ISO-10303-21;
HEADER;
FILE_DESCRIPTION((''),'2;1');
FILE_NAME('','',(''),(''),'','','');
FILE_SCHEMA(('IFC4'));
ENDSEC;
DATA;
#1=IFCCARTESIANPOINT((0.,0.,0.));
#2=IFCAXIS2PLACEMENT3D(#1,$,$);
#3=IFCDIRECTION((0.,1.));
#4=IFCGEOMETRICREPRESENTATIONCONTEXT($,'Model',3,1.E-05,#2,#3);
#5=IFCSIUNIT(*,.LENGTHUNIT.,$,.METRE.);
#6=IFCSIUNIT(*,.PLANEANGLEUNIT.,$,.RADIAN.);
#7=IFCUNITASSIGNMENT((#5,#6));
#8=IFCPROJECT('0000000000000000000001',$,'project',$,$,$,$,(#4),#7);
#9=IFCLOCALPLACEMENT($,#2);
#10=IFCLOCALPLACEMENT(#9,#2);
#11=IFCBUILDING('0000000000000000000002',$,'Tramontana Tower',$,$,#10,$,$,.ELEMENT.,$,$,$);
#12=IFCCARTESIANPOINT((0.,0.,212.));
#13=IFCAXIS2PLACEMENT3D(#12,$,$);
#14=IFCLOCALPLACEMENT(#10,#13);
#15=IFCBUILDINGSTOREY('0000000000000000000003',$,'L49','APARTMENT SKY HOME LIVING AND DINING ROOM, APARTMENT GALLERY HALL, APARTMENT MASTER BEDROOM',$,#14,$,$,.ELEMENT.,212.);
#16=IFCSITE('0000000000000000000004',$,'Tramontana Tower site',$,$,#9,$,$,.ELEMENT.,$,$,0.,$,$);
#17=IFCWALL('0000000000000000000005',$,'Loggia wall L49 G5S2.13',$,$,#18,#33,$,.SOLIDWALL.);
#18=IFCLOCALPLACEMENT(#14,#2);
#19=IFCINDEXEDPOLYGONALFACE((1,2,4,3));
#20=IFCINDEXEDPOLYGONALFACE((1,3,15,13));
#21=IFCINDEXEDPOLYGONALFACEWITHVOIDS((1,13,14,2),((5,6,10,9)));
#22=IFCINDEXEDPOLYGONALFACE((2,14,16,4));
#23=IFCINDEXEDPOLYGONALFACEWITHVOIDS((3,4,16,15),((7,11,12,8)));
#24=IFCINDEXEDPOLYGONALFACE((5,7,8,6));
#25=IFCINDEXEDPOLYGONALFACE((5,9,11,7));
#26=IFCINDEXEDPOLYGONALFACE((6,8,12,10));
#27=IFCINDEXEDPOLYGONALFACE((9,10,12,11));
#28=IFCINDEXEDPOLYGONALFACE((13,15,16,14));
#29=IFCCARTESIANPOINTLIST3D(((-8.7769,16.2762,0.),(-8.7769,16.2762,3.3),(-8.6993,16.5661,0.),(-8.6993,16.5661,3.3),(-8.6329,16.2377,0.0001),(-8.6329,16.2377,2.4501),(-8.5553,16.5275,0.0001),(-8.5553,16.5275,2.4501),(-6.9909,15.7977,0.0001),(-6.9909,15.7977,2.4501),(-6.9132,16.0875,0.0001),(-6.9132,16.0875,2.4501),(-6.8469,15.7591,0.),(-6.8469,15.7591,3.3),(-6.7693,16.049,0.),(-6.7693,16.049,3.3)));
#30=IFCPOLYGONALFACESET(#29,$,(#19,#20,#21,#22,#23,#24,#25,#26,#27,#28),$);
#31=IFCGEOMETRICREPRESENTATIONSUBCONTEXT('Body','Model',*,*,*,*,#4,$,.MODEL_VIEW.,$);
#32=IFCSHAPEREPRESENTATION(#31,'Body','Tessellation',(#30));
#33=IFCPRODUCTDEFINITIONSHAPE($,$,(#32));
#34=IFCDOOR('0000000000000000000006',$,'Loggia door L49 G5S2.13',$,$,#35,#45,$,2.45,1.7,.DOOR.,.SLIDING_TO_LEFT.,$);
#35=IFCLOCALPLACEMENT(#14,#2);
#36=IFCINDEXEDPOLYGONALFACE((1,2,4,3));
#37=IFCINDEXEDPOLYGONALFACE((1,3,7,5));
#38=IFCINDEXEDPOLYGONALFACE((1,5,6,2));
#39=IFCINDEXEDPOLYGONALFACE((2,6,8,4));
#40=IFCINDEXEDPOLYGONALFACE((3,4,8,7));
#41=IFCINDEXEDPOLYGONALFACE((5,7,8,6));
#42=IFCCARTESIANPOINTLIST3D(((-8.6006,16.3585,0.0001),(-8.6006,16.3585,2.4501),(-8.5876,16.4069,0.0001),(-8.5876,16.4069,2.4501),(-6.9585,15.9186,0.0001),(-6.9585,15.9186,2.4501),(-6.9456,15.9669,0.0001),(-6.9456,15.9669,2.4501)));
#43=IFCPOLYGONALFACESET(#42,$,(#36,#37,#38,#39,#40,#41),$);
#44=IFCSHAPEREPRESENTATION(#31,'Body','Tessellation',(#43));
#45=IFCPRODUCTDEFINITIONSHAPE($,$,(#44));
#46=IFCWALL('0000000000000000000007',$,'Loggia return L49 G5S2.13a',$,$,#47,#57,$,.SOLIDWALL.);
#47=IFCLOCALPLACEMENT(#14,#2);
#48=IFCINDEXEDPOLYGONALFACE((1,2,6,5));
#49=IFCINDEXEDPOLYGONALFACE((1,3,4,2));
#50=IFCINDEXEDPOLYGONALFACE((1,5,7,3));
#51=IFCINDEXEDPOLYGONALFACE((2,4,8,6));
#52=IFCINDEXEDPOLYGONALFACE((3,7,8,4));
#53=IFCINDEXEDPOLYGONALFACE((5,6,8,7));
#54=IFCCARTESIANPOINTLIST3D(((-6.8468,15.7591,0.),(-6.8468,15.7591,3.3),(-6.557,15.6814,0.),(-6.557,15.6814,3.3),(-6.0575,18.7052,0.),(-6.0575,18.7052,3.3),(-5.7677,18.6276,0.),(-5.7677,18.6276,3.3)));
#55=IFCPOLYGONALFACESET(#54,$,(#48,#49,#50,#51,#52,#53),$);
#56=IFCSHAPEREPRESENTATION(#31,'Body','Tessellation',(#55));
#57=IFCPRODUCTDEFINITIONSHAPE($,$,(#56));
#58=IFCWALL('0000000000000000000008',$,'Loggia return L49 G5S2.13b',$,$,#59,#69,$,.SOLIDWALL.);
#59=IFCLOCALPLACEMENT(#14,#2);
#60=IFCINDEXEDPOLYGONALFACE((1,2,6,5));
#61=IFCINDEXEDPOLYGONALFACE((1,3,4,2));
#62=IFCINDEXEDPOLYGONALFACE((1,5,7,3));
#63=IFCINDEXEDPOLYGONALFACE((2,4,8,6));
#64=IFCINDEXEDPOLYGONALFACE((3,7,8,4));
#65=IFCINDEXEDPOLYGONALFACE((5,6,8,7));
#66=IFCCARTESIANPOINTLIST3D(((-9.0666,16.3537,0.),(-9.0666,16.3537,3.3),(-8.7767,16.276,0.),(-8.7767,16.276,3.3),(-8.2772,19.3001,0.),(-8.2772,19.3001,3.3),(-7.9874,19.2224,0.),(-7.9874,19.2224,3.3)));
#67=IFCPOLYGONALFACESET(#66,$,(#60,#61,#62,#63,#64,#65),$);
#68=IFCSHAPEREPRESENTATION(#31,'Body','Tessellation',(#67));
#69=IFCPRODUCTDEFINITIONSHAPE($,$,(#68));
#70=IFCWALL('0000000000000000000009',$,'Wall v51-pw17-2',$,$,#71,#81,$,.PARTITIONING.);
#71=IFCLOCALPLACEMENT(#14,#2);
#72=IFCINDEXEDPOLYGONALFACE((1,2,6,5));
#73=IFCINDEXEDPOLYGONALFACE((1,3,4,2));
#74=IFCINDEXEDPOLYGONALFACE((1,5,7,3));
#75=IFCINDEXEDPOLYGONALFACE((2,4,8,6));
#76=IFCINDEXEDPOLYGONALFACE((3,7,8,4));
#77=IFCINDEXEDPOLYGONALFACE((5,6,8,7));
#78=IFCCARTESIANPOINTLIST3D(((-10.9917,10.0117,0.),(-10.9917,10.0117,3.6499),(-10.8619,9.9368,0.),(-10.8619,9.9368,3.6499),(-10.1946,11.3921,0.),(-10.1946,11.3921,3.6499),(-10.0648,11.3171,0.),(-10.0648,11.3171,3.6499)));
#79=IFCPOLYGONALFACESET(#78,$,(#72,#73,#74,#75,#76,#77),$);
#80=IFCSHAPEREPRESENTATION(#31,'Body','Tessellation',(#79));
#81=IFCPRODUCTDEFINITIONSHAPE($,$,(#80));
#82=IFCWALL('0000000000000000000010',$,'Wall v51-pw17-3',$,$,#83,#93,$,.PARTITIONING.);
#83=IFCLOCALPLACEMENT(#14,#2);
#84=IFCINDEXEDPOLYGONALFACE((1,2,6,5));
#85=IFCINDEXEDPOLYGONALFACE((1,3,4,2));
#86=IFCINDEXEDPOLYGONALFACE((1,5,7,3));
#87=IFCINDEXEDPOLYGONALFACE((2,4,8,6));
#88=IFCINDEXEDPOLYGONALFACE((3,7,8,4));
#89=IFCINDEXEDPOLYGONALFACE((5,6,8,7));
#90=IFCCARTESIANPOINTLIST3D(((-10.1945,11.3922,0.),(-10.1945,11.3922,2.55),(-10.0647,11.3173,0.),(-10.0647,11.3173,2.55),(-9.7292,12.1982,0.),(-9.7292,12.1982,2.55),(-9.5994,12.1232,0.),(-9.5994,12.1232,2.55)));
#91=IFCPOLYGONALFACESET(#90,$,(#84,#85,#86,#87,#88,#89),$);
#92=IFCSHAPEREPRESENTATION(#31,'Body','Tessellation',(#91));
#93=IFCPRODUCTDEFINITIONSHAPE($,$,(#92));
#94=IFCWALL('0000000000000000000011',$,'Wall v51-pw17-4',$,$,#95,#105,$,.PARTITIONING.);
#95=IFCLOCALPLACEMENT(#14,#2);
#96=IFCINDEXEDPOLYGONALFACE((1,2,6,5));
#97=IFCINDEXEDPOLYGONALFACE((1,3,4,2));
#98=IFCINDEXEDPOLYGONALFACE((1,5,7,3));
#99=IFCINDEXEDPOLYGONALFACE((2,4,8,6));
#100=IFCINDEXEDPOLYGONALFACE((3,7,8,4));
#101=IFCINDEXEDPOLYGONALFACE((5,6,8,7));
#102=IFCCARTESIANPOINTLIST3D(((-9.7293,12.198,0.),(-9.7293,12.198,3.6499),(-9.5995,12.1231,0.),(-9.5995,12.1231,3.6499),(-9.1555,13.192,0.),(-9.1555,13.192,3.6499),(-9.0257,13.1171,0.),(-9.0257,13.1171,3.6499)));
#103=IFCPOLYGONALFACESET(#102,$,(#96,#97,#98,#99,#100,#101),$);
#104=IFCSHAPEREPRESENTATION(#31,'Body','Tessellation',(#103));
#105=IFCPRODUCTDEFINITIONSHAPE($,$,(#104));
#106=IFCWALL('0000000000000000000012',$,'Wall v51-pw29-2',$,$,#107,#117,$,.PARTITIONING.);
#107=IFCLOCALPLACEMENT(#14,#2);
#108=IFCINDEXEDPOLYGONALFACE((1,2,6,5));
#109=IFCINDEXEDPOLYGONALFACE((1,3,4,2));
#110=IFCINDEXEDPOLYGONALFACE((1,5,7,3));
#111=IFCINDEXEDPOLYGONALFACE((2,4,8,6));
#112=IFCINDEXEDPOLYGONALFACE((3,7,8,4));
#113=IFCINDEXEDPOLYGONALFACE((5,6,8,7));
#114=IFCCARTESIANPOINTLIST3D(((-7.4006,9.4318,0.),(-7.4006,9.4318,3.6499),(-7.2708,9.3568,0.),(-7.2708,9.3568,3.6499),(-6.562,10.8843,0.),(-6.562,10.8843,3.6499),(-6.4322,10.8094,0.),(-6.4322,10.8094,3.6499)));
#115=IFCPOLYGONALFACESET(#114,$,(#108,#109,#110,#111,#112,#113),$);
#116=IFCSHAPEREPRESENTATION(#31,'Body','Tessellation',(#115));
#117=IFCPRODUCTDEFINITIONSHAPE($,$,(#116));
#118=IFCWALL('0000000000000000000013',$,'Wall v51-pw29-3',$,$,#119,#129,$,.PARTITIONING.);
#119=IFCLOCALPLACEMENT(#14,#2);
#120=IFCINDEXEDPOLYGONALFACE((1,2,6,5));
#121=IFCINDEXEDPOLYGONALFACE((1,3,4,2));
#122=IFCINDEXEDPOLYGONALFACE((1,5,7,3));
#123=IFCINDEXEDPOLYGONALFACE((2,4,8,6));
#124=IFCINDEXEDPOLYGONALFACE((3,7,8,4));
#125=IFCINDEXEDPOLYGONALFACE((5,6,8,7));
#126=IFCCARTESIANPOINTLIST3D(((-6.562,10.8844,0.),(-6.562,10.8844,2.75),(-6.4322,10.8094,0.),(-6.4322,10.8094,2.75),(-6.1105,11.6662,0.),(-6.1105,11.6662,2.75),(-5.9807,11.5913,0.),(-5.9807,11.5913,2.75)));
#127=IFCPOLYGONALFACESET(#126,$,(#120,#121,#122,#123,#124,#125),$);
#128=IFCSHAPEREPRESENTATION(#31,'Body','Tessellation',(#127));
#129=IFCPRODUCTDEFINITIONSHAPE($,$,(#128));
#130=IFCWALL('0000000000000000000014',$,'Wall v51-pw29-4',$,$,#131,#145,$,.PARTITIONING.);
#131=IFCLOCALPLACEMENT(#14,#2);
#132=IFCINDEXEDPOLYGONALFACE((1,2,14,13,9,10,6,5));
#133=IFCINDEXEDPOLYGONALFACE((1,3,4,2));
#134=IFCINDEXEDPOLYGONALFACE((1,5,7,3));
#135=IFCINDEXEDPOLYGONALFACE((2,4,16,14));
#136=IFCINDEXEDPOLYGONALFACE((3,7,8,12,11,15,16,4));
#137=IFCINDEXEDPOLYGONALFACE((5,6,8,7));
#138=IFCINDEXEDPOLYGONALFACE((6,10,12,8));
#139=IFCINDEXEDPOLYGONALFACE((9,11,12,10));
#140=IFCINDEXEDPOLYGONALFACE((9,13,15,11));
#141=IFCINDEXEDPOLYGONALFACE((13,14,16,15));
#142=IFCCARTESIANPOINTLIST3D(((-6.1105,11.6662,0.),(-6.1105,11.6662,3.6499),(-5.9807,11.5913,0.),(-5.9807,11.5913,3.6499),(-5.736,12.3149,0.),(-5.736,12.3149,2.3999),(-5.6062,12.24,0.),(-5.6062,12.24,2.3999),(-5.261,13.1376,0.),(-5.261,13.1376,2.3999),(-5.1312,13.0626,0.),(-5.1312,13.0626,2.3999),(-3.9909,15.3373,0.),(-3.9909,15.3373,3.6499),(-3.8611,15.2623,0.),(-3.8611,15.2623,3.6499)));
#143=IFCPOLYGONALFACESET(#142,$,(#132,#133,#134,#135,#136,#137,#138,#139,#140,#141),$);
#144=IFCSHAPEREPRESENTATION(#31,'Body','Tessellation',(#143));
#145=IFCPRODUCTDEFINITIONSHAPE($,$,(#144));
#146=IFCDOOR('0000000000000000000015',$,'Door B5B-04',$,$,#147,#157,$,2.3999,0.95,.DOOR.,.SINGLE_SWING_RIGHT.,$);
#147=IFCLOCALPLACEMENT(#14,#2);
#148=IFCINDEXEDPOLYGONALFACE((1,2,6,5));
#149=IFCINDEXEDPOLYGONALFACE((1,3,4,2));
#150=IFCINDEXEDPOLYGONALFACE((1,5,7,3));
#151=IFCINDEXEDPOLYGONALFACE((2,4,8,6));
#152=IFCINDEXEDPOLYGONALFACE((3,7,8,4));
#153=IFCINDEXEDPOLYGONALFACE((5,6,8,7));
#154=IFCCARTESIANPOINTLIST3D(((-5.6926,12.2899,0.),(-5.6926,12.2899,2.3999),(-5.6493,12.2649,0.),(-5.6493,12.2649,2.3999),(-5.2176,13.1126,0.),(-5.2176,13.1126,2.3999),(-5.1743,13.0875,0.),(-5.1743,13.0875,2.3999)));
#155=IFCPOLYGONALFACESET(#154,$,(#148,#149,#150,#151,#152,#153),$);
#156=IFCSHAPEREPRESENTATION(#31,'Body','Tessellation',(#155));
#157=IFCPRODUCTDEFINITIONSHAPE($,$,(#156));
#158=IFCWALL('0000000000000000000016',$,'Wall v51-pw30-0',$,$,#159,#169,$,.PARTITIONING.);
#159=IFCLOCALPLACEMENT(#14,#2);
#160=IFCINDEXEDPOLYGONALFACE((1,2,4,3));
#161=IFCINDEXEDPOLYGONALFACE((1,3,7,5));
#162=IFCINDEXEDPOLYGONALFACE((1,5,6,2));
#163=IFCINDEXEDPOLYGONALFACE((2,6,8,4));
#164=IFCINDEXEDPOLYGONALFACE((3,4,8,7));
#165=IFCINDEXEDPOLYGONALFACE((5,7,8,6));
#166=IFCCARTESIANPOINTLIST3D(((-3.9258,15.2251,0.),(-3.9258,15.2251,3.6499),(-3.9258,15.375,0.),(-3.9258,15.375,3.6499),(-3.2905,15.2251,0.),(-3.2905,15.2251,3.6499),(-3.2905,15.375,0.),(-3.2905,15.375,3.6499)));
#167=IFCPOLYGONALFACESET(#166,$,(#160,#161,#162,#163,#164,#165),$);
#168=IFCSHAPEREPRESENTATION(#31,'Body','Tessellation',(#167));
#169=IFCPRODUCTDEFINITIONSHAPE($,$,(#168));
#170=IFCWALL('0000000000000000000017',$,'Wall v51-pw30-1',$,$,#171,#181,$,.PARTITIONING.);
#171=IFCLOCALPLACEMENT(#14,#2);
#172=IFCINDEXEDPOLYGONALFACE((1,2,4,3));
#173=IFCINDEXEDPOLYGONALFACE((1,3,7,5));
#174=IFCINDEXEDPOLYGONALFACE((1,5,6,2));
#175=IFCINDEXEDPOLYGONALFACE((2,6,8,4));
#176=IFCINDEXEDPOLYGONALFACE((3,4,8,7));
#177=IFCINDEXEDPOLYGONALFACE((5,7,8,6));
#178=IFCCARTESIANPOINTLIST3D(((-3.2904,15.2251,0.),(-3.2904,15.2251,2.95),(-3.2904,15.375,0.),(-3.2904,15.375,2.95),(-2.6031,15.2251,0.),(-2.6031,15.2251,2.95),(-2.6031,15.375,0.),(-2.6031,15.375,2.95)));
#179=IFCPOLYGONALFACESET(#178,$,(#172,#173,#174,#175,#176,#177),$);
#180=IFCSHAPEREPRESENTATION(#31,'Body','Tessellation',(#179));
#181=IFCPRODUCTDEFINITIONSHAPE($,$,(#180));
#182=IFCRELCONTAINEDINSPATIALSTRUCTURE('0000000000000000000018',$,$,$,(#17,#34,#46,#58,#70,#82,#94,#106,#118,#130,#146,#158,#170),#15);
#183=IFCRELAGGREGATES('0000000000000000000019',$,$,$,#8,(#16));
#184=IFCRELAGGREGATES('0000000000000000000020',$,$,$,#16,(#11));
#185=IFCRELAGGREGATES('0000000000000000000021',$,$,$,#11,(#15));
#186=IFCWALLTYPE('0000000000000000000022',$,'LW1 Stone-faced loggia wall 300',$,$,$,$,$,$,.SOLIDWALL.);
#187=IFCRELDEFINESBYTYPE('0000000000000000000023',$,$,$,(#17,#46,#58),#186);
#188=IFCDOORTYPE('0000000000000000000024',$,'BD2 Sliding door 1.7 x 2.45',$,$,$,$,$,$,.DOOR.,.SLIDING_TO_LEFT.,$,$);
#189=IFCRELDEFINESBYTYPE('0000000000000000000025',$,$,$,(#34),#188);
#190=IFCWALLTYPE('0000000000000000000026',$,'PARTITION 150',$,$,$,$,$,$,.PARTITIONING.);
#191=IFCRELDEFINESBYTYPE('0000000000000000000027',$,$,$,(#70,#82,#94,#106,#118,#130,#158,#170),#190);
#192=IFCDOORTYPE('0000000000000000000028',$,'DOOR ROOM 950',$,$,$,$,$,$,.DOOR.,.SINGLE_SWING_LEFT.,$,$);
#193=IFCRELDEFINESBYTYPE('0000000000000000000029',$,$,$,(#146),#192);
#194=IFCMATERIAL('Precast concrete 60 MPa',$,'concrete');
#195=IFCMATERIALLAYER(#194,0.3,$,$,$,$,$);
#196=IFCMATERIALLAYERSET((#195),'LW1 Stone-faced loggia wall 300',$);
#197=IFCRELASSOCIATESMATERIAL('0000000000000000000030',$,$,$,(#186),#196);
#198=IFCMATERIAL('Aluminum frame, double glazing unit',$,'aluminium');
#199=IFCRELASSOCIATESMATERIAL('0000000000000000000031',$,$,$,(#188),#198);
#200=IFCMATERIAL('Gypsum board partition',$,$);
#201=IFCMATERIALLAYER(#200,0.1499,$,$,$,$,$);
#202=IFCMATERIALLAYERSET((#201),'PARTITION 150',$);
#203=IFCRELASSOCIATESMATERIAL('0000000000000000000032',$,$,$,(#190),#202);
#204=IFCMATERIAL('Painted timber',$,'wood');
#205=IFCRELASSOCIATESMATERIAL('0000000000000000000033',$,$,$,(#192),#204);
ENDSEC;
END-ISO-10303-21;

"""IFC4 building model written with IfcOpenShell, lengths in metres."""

from ifc_helpers import new_model, si_unit, direction, frame, frame_2d, origin, place, context, subcontext, project, spatial, rectangle, extrude, material, layer, layer_set, type_object, element, fill, save


model = new_model("IFC4")

# Units and contexts
model_context = context("Model", 3, precision=1e-05, world=origin(), true_north=direction((0.0, 1.0)))
body_context = subcontext(model_context, "Body", "Model", "MODEL_VIEW")
ifc_project = project(units=[si_unit("LENGTHUNIT", "METRE"), si_unit("PLANEANGLEUNIT", "RADIAN")], contexts=[model_context])

# Site, building, storey
site_placement = place(None, origin())
site = spatial("IfcSite", under=ifc_project, at=site_placement, Name="Tramontana Tower site", CompositionType="ELEMENT", RefElevation=0.0)
building_placement = place(site_placement, origin())
building = spatial("IfcBuilding", under=site, at=building_placement, Name="Tramontana Tower", CompositionType="ELEMENT")
storey_placement = place(building_placement, frame((0.0, 0.0, 212.0)))
storey = spatial("IfcBuildingStorey", under=building, at=storey_placement, Name="L49", Description="APARTMENT SKY HOME LIVING AND DINING ROOM, APARTMENT GALLERY HALL, APARTMENT MASTER BEDROOM", CompositionType="ELEMENT", Elevation=212.0)

# Wall, opening, door
ifc_material_1 = material(Name="Precast concrete 60 MPa", Category="concrete")
ifc_layer_1 = layer(ifc_material_1, 0.3)
ifc_layer_set_1 = layer_set([ifc_layer_1], Name="LW1 Stone-faced loggia wall 300")
wall_type_1 = type_object("IfcWallType", Name="LW1 Stone-faced loggia wall 300", PredefinedType="SOLIDWALL", material=ifc_layer_set_1)
wall_1_placement = place(storey_placement, frame((-6.8081, 15.9041, 0.0), z_axis=(0.0, 0.0, 1.0), x_axis=(-0.96593, 0.258803, 0.0)))
wall_1 = element("IfcWall", 1, at=wall_1_placement, inside=storey, type_object=wall_type_1, Name="Loggia wall L49 G5S2.13", PredefinedType="SOLIDWALL", context=body_context, shape_type="SweptSolid", body=[
    extrude(rectangle(XDim=1.998, YDim=0.3, at=frame_2d((0.999, 0.0))), origin(), (0.0, 0.0, 1.0), 3.3),
])
opening_1_placement = place(wall_1_placement, frame((0.1489, 0.0, 0.0)))
opening_1 = element("IfcOpeningElement", 2, at=opening_1_placement, cuts=wall_1, PredefinedType="OPENING", context=body_context, shape_type="SweptSolid", body=[
    extrude(rectangle(XDim=1.7, YDim=2.45, at=frame_2d((0.8501, 1.2251))), frame((0.0, 0.1599, 0.0), z_axis=(0.0, -1.0, 0.0), x_axis=(1.0, 0.0, 0.0)), (0.0, 0.0, 1.0), 0.3201),
])
ifc_material_2 = material(Name="Aluminum frame, double glazing unit", Category="aluminium")
door_type_1 = type_object("IfcDoorType", Name="BD2 Sliding door 1.7 x 2.45", OperationType="SLIDING_TO_LEFT", PredefinedType="DOOR", material=ifc_material_2)
door_1_placement = place(opening_1_placement, origin())
door_1 = element("IfcDoor", 3, at=door_1_placement, inside=storey, type_object=door_type_1, Name="Loggia door L49 G5S2.13", OperationType="SLIDING_TO_LEFT", OverallHeight=2.45, OverallWidth=1.7, PredefinedType="DOOR", context=body_context, shape_type="SweptSolid", body=[
    extrude(rectangle(XDim=1.7, YDim=2.45, at=frame_2d((0.8501, 1.2251))), frame((0.0, 0.0249, 0.0), z_axis=(0.0, -1.0, 0.0), x_axis=(1.0, 0.0, 0.0)), (0.0, 0.0, 1.0), 0.05),
])
fill(opening_1, door_1)

# Walls
wall_2_placement = place(storey_placement, frame((-5.9126, 18.6663, 0.0), z_axis=(0.0, 0.0, 1.0), x_axis=(-0.258793, -0.965933, 0.0)))
element("IfcWall", 4, at=wall_2_placement, inside=storey, type_object=wall_type_1, Name="Loggia return L49 G5S2.13a", PredefinedType="SOLIDWALL", context=body_context, shape_type="SweptSolid", body=[
    extrude(rectangle(XDim=3.05, YDim=0.3, at=frame_2d((1.5249, 0.0))), origin(), (0.0, 0.0, 1.0), 3.3),
])
wall_3_placement = place(storey_placement, frame((-8.1323, 19.2612, 0.0), z_axis=(0.0, 0.0, 1.0), x_axis=(-0.258773, -0.965938, 0.0)))
element("IfcWall", 5, at=wall_3_placement, inside=storey, type_object=wall_type_1, Name="Loggia return L49 G5S2.13b", PredefinedType="SOLIDWALL", context=body_context, shape_type="SweptSolid", body=[
    extrude(rectangle(XDim=3.0503, YDim=0.3, at=frame_2d((1.5251, 0.0))), origin(), (0.0, 0.0, 1.0), 3.3),
])
ifc_material_3 = material(Name="Gypsum board partition")
ifc_layer_2 = layer(ifc_material_3, 0.1499)
ifc_layer_set_2 = layer_set([ifc_layer_2], Name="PARTITION 150")
wall_type_2 = type_object("IfcWallType", Name="PARTITION 150", PredefinedType="PARTITIONING", material=ifc_layer_set_2)
wall_4_placement = place(storey_placement, frame((-10.9268, 9.9744, 0.0), z_axis=(0.0, 0.0, 1.0), x_axis=(0.500076, 0.865982, 0.0)))
element("IfcWall", 6, at=wall_4_placement, inside=storey, type_object=wall_type_2, Name="Wall v51-pw17-2", PredefinedType="PARTITIONING", context=body_context, shape_type="SweptSolid", body=[
    extrude(rectangle(XDim=1.594, YDim=0.1499, at=frame_2d((0.7969, 0.0))), origin(), (0.0, 0.0, 1.0), 3.6499),
])
wall_5_placement = place(storey_placement, frame((-10.1296, 11.3547, 0.0), z_axis=(0.0, 0.0, 1.0), x_axis=(0.500033, 0.866006, 0.0)))
element("IfcWall", 7, at=wall_5_placement, inside=storey, type_object=wall_type_2, Name="Wall v51-pw17-3", PredefinedType="PARTITIONING", context=body_context, shape_type="SweptSolid", body=[
    extrude(rectangle(XDim=0.9307, YDim=0.1499, at=frame_2d((0.4653, 0.0))), origin(), (0.0, 0.0, 1.0), 2.55),
])
wall_6_placement = place(storey_placement, frame((-9.6643, 12.1606, 0.0), z_axis=(0.0, 0.0, 1.0), x_axis=(0.499937, 0.866062, 0.0)))
element("IfcWall", 8, at=wall_6_placement, inside=storey, type_object=wall_type_2, Name="Wall v51-pw17-4", PredefinedType="PARTITIONING", context=body_context, shape_type="SweptSolid", body=[
    extrude(rectangle(XDim=1.1477, YDim=0.1499, at=frame_2d((0.5737, 0.0))), origin(), (0.0, 0.0, 1.0), 3.6499),
])

# Walls
wall_7_placement = place(storey_placement, frame((-7.3357, 9.3943, 0.0), z_axis=(0.0, 0.0, 1.0), x_axis=(0.499974, 0.86604, 0.0)))
element("IfcWall", 9, at=wall_7_placement, inside=storey, type_object=wall_type_2, Name="Wall v51-pw29-2", PredefinedType="PARTITIONING", context=body_context, shape_type="SweptSolid", body=[
    extrude(rectangle(XDim=1.6772, YDim=0.1499, at=frame_2d((0.8386, 0.0))), origin(), (0.0, 0.0, 1.0), 3.6499),
])
wall_8_placement = place(storey_placement, frame((-6.4971, 10.8469, 0.0), z_axis=(0.0, 0.0, 1.0), x_axis=(0.500066, 0.865987, 0.0)))
element("IfcWall", 10, at=wall_8_placement, inside=storey, type_object=wall_type_2, Name="Wall v51-pw29-3", PredefinedType="PARTITIONING", context=body_context, shape_type="SweptSolid", body=[
    extrude(rectangle(XDim=0.9028, YDim=0.1499, at=frame_2d((0.4514, 0.0))), origin(), (0.0, 0.0, 1.0), 2.75),
])

# Wall, opening, door
wall_9_placement = place(storey_placement, frame((-6.0457, 11.6287, 0.0), z_axis=(0.0, 0.0, 1.0), x_axis=(0.500017, 0.866016, 0.0)))
wall_9 = element("IfcWall", 11, at=wall_9_placement, inside=storey, type_object=wall_type_2, Name="Wall v51-pw29-4", PredefinedType="PARTITIONING", context=body_context, shape_type="SweptSolid", body=[
    extrude(rectangle(XDim=4.239, YDim=0.1499, at=frame_2d((2.1196, 0.0))), origin(), (0.0, 0.0, 1.0), 3.6499),
])
opening_2_placement = place(wall_9_placement, frame((0.749, 0.0, 0.0)))
opening_2 = element("IfcOpeningElement", 12, at=opening_2_placement, cuts=wall_9, PredefinedType="OPENING", context=body_context, shape_type="SweptSolid", body=[
    extrude(rectangle(XDim=0.95, YDim=2.3999, at=frame_2d((0.4751, 1.2))), frame((0.0, 0.085, 0.0), z_axis=(0.0, -1.0, 0.0), x_axis=(1.0, 0.0, 0.0)), (0.0, 0.0, 1.0), 0.1699),
])
ifc_material_4 = material(Name="Painted timber", Category="wood")
door_type_2 = type_object("IfcDoorType", Name="DOOR ROOM 950", OperationType="SINGLE_SWING_LEFT", PredefinedType="DOOR", material=ifc_material_4)
door_2_placement = place(opening_2_placement, origin())
door_2 = element("IfcDoor", 13, at=door_2_placement, inside=storey, type_object=door_type_2, Name="Door B5B-04", OperationType="SINGLE_SWING_RIGHT", OverallHeight=2.3999, OverallWidth=0.95, PredefinedType="DOOR", context=body_context, shape_type="SweptSolid", body=[
    extrude(rectangle(XDim=0.95, YDim=2.3999, at=frame_2d((0.4751, 1.2))), frame((0.0, 0.0249, 0.0), z_axis=(0.0, -1.0, 0.0), x_axis=(1.0, 0.0, 0.0)), (0.0, 0.0, 1.0), 0.05),
])
fill(opening_2, door_2)

# Walls
wall_10_placement = place(storey_placement, frame((-3.9258, 15.3, 0.0), z_axis=(0.0, 0.0, 1.0), x_axis=(1.0, 0.0, 0.0)))
element("IfcWall", 14, at=wall_10_placement, inside=storey, type_object=wall_type_2, Name="Wall v51-pw30-0", PredefinedType="PARTITIONING", context=body_context, shape_type="SweptSolid", body=[
    extrude(rectangle(XDim=0.6353, YDim=0.1499, at=frame_2d((0.3176, 0.0))), origin(), (0.0, 0.0, 1.0), 3.6499),
])
wall_11_placement = place(storey_placement, frame((-3.2905, 15.3, 0.0), z_axis=(0.0, 0.0, 1.0), x_axis=(1.0, 0.0, 0.0)))
element("IfcWall", 15, at=wall_11_placement, inside=storey, type_object=wall_type_2, Name="Wall v51-pw30-1", PredefinedType="PARTITIONING", context=body_context, shape_type="SweptSolid", body=[
    extrude(rectangle(XDim=0.6873, YDim=0.1499, at=frame_2d((0.3438, 0.0))), origin(), (0.0, 0.0, 1.0), 2.95),
])

save(model, "model.ifc")
